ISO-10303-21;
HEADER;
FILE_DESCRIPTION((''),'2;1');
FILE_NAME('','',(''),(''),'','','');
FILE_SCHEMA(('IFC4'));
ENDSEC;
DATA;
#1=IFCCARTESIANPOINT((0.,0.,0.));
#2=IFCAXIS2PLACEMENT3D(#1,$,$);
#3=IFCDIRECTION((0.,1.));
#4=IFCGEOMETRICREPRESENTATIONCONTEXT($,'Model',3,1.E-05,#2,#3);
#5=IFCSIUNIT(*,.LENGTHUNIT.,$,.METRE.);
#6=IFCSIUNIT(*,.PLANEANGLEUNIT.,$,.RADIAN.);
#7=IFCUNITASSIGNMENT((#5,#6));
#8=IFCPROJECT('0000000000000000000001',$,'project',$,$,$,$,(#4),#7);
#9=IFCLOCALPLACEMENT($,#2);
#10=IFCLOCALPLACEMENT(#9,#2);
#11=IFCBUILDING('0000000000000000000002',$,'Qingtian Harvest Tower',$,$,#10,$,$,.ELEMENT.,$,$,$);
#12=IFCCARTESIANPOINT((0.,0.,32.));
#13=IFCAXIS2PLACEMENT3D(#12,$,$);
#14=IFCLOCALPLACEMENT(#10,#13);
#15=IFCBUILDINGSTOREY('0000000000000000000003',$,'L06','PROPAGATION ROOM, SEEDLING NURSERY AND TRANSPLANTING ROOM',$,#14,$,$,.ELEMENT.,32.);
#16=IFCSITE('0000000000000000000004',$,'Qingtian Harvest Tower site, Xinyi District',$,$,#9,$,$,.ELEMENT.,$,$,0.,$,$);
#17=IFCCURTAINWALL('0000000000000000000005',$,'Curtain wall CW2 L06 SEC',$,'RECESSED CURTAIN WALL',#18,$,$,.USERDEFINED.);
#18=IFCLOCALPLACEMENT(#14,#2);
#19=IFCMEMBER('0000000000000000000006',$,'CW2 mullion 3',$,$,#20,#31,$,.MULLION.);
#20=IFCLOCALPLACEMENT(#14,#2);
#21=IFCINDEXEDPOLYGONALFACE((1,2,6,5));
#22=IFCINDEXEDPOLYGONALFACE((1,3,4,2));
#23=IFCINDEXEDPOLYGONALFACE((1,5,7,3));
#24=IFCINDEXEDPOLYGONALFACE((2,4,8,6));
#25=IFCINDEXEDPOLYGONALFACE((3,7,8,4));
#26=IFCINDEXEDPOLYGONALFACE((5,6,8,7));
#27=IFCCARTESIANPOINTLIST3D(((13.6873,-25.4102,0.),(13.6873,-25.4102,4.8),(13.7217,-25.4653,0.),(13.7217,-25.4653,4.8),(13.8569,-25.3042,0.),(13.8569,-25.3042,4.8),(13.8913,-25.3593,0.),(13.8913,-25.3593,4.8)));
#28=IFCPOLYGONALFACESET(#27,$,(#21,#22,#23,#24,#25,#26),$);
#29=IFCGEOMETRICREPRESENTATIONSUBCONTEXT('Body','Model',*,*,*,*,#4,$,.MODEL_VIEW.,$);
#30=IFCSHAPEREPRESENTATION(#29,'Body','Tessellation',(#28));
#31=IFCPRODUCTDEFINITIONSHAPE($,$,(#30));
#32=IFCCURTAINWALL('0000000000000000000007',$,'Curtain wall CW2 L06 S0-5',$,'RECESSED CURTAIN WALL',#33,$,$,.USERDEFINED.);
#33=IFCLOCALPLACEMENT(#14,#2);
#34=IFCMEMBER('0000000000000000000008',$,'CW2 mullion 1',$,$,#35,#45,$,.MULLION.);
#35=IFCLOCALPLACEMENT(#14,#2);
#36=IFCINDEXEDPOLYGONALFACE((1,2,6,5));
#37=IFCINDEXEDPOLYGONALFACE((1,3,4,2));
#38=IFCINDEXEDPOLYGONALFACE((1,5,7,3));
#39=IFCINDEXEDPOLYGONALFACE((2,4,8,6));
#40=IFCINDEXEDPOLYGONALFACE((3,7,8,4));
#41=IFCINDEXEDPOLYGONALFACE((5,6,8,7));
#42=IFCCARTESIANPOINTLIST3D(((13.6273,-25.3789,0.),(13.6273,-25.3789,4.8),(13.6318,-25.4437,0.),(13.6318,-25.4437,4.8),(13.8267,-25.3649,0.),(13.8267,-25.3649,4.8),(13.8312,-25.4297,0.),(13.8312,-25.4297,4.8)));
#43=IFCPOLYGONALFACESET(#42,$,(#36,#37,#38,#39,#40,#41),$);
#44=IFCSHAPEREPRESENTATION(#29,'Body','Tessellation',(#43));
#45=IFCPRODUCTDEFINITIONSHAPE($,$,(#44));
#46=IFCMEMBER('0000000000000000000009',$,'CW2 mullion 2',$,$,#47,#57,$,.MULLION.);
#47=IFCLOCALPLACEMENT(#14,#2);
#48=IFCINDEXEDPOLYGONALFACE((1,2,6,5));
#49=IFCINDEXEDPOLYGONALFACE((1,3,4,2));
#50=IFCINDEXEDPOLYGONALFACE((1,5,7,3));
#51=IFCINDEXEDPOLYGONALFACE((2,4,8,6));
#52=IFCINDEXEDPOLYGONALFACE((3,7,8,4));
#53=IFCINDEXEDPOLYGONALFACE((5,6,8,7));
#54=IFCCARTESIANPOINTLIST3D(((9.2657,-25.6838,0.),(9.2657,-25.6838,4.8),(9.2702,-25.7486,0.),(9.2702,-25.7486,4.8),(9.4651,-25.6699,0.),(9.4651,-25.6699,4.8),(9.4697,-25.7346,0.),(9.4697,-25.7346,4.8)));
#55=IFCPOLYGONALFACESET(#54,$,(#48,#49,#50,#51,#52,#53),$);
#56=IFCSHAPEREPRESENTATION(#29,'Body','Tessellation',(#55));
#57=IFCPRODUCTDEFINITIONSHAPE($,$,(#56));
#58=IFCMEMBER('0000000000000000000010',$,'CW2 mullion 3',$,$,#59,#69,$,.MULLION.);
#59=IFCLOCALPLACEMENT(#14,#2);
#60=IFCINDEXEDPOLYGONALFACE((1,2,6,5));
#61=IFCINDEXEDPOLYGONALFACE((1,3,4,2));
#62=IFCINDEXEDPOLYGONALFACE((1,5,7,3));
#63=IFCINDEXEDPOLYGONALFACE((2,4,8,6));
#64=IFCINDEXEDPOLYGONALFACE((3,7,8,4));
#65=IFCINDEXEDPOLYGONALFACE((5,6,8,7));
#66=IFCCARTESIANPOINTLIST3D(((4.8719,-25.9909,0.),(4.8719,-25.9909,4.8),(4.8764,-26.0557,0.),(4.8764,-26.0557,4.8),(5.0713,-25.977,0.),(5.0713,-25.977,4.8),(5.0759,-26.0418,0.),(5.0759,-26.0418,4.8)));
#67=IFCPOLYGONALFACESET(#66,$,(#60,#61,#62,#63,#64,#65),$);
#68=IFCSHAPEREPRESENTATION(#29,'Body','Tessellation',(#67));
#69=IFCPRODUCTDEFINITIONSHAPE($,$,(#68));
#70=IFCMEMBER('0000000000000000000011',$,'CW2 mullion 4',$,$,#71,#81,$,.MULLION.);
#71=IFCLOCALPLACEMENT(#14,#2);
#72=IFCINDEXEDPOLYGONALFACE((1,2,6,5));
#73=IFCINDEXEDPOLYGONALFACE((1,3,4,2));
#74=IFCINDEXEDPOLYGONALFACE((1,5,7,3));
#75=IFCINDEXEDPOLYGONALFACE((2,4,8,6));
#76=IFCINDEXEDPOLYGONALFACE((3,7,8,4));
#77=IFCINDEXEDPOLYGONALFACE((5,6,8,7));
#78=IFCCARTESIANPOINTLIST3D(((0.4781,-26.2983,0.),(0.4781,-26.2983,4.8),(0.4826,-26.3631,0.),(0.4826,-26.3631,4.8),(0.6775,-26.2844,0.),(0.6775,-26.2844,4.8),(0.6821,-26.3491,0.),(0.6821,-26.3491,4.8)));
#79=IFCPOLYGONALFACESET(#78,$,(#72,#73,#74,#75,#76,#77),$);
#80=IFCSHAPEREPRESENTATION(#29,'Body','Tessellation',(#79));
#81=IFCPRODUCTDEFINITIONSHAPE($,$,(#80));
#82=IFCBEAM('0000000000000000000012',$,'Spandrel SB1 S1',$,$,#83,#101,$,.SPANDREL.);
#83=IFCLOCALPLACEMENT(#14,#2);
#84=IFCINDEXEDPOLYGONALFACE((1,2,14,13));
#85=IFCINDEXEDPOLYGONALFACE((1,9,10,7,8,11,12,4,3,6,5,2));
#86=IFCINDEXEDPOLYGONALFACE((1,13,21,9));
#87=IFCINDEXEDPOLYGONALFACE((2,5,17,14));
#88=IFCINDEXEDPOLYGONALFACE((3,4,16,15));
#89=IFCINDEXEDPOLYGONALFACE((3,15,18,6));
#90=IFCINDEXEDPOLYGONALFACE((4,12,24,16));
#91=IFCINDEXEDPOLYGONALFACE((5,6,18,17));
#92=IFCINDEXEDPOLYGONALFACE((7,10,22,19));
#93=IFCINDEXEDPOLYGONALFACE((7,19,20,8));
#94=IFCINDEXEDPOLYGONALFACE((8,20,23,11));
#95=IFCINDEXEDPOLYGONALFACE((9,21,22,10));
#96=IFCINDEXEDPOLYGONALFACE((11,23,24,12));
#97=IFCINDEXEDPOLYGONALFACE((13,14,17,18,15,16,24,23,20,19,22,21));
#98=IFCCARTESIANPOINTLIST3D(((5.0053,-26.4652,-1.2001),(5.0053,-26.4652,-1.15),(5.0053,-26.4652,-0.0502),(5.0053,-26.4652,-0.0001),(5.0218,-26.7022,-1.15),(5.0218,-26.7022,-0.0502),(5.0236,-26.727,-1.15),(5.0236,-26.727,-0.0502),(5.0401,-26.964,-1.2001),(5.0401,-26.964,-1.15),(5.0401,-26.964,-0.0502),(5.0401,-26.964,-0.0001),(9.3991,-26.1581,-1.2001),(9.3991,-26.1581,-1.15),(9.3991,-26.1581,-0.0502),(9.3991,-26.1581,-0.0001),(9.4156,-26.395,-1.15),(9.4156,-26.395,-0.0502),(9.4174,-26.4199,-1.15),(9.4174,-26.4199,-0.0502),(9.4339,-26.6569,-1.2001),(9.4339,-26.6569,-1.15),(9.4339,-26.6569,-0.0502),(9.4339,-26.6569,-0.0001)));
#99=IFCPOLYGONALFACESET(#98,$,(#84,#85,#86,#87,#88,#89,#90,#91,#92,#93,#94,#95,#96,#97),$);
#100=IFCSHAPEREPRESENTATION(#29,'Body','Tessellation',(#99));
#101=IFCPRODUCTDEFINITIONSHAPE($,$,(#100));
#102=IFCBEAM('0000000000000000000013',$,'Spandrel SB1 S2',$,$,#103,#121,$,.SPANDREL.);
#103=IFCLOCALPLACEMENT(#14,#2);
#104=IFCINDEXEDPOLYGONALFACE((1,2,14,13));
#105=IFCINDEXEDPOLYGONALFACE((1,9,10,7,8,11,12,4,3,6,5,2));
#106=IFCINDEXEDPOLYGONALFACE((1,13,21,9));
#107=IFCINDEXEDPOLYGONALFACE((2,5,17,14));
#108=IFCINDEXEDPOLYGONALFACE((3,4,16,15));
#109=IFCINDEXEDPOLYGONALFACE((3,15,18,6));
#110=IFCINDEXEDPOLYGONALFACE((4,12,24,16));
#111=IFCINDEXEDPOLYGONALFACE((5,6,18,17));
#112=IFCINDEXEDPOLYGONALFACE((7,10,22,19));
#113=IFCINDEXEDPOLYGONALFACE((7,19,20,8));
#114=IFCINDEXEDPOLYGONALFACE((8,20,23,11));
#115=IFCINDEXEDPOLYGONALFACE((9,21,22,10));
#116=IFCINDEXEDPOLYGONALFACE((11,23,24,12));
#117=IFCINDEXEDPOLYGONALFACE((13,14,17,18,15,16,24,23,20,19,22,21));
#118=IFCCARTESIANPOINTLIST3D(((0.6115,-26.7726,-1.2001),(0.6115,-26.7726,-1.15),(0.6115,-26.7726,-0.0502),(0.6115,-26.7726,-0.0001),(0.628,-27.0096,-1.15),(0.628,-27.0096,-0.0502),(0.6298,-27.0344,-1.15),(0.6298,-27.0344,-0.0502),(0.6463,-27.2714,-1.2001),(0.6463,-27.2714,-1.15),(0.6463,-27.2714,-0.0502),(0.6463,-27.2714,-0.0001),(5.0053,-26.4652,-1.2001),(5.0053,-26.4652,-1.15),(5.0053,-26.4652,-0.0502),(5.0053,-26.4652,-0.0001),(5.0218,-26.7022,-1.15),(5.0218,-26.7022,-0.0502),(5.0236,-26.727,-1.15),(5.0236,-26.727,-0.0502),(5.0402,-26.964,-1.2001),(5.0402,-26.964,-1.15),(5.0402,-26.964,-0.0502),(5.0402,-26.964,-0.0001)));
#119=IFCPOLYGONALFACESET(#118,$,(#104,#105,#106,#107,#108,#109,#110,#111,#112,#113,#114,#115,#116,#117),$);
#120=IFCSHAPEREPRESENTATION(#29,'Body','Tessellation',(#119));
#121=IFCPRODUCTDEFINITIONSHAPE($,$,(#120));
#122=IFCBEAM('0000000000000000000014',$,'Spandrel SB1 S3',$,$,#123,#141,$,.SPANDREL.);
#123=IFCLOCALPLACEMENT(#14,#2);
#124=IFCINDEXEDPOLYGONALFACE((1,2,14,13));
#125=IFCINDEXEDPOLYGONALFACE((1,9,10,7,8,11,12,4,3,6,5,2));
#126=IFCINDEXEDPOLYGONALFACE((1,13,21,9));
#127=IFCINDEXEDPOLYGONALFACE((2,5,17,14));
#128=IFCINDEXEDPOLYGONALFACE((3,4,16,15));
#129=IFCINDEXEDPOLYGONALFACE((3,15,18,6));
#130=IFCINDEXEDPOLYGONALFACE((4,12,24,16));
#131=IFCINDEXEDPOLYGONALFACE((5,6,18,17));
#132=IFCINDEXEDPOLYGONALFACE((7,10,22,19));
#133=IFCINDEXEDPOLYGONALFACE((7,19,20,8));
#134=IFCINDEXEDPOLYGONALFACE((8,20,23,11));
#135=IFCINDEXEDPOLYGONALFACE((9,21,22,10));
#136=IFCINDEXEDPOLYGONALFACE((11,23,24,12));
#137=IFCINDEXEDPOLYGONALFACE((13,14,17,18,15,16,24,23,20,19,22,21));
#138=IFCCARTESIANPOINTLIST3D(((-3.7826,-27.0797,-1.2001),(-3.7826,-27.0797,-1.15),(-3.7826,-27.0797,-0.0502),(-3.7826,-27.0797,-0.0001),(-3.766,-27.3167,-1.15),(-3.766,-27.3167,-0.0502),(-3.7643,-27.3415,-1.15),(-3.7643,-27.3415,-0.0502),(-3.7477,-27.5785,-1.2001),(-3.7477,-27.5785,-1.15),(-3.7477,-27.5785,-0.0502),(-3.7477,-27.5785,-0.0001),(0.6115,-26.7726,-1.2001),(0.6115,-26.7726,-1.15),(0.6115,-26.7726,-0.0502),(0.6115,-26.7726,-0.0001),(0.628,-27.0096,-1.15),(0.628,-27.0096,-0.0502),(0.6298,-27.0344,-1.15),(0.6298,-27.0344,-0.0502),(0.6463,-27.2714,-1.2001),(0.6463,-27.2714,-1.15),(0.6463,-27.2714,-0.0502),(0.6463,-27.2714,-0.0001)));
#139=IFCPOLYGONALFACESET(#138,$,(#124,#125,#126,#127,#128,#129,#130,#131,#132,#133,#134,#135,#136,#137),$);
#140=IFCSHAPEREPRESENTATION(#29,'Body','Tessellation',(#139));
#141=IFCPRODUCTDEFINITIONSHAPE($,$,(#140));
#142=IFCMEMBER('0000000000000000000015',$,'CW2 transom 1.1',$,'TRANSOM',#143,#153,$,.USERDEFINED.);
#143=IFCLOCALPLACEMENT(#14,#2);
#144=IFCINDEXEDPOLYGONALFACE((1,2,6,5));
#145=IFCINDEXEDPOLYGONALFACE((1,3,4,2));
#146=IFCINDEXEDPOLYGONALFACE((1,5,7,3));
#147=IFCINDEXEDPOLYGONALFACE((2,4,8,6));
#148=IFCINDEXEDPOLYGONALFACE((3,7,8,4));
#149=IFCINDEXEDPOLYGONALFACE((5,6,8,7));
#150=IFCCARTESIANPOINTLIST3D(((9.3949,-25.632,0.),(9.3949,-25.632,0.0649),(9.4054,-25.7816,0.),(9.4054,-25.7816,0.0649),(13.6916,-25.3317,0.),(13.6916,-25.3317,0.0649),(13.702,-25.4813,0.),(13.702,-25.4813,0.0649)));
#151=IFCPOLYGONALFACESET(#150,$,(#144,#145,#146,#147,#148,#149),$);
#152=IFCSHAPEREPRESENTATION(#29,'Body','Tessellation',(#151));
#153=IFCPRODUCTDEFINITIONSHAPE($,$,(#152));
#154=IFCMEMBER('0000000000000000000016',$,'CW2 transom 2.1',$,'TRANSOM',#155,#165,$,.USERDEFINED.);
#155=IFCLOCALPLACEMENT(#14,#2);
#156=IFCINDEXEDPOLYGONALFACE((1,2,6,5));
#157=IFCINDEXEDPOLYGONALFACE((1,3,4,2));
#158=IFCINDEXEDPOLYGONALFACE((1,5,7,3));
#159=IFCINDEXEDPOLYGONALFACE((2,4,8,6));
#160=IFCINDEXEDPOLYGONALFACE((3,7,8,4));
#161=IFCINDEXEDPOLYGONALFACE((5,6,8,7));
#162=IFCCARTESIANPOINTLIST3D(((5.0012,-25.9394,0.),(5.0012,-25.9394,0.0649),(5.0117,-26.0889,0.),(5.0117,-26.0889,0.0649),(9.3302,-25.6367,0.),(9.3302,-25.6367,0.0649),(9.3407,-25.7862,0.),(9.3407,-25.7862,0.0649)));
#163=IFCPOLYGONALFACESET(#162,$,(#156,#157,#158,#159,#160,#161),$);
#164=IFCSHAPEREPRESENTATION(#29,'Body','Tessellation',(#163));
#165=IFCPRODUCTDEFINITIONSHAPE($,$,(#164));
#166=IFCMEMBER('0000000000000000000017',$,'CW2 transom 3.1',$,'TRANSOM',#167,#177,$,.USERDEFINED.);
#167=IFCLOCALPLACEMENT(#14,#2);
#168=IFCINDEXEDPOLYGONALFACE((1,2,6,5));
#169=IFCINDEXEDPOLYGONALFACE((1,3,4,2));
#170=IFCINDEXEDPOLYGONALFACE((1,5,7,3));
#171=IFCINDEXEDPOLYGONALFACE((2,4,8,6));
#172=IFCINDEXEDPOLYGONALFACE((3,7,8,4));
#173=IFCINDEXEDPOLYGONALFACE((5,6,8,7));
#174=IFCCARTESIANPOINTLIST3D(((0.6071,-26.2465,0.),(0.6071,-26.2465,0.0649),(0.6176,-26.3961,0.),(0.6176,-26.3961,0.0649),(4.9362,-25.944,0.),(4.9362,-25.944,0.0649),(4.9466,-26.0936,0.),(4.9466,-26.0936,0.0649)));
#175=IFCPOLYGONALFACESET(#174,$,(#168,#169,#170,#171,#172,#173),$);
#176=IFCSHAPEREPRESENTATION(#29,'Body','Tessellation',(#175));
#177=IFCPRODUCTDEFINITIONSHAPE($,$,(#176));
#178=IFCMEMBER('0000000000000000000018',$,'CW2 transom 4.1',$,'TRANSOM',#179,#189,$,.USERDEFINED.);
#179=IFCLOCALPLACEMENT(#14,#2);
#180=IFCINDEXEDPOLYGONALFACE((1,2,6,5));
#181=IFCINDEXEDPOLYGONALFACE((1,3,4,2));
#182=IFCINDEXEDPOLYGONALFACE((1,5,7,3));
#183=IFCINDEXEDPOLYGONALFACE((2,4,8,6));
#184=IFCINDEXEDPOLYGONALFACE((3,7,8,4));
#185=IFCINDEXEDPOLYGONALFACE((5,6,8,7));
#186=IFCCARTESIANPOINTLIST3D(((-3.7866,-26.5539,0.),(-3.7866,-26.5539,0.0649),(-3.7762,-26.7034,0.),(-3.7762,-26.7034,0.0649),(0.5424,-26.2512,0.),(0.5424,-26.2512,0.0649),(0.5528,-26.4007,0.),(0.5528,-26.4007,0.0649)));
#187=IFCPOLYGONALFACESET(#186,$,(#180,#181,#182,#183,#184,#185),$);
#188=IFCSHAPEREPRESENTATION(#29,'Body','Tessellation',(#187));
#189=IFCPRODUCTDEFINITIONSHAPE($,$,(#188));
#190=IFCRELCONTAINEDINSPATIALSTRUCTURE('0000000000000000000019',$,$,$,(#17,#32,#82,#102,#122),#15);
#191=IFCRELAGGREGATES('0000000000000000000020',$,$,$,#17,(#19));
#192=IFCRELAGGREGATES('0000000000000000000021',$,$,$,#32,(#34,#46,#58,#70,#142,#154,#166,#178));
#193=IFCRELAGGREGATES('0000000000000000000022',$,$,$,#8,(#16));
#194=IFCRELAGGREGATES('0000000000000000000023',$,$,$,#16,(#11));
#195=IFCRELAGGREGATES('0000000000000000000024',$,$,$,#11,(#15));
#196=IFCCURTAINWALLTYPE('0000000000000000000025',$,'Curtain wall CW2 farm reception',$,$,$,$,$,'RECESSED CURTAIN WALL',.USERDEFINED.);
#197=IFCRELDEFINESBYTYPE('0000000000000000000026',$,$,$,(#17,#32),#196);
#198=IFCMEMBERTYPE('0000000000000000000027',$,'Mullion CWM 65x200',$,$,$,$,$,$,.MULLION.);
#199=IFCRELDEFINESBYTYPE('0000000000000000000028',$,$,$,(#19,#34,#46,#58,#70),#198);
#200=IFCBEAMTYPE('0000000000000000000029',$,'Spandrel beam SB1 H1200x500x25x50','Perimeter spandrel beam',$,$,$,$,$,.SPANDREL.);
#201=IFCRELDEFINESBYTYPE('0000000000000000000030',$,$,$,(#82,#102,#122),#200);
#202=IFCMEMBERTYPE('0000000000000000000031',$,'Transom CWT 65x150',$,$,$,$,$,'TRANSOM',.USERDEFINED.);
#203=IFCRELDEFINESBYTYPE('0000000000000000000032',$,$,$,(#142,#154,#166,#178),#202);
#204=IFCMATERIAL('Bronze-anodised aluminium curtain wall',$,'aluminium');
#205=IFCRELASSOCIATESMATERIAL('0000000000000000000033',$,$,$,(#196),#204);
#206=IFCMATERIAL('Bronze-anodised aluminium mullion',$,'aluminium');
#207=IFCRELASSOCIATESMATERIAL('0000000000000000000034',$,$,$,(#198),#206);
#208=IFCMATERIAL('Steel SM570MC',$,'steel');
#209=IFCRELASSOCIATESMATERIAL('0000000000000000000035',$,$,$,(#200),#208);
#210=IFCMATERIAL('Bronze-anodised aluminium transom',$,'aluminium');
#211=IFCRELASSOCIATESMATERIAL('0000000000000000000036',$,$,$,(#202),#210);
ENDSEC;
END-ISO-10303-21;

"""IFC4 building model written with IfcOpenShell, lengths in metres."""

from ifc_helpers import new_model, si_unit, direction, frame, origin, origin_2d, place, context, subcontext, project, spatial, rectangle, i_section, extrude, material, material_profile, profile_set, type_object, element, aggregate, save


model = new_model("IFC4")

# Units and contexts
model_context = context("Model", 3, precision=1e-05, world=origin(), true_north=direction((0.0, 1.0)))
body_context = subcontext(model_context, "Body", "Model", "MODEL_VIEW")
ifc_project = project(units=[si_unit("LENGTHUNIT", "METRE"), si_unit("PLANEANGLEUNIT", "RADIAN")], contexts=[model_context])

# Site, building, storey
site_placement = place(None, origin())
site = spatial("IfcSite", under=ifc_project, at=site_placement, Name="Qingtian Harvest Tower site, Xinyi District", CompositionType="ELEMENT", RefElevation=0.0)
building_placement = place(site_placement, origin())
building = spatial("IfcBuilding", under=site, at=building_placement, Name="Qingtian Harvest Tower", CompositionType="ELEMENT")
storey_placement = place(building_placement, frame((0.0, 0.0, 32.0)))
storey = spatial("IfcBuildingStorey", under=building, at=storey_placement, Name="L06", Description="PROPAGATION ROOM, SEEDLING NURSERY AND TRANSPLANTING ROOM", CompositionType="ELEMENT", Elevation=32.0)

# Curtain wall, member
ifc_material_1 = material(Name="Bronze-anodised aluminium curtain wall", Category="aluminium")
curtain_wall_type = type_object("IfcCurtainWallType", Name="Curtain wall CW2 farm reception", ElementType="RECESSED CURTAIN WALL", PredefinedType="USERDEFINED", material=ifc_material_1)
curtain_wall_1_placement = place(storey_placement, origin())
curtain_wall_1 = element("IfcCurtainWall", 1, at=curtain_wall_1_placement, inside=storey, type_object=curtain_wall_type, Name="Curtain wall CW2 L06 SEC", ObjectType="RECESSED CURTAIN WALL", PredefinedType="USERDEFINED")
ifc_material_2 = material(Name="Bronze-anodised aluminium mullion", Category="aluminium")
ifc_material_profile_1 = material_profile(ifc_material_2, rectangle(XDim=0.0649, YDim=0.2, at=origin_2d()), Name="AL 65x200")
ifc_profile_set_1 = profile_set([ifc_material_profile_1], Name="Bronze-anodised aluminium mullion")
member_type_1 = type_object("IfcMemberType", Name="Mullion CWM 65x200", PredefinedType="MULLION", material=ifc_profile_set_1)
member_1_placement = place(storey_placement, frame((13.7893, -25.3848, 0.0), z_axis=(0.0, 0.0, 1.0), x_axis=(0.529919, -0.848048, 0.0)))
member_1 = element("IfcMember", 2, at=member_1_placement, type_object=member_type_1, Name="CW2 mullion 3", PredefinedType="MULLION", context=body_context, shape_type="SweptSolid", body=[
    extrude(rectangle(XDim=0.0649, YDim=0.2, at=origin_2d()), origin(), (0.0, 0.0, 1.0), 4.8),
])
aggregate(curtain_wall_1, [member_1])

# Curtain wall, members
curtain_wall_2_placement = place(storey_placement, origin())
curtain_wall_2 = element("IfcCurtainWall", 3, at=curtain_wall_2_placement, inside=storey, type_object=curtain_wall_type, Name="Curtain wall CW2 L06 S0-5", ObjectType="RECESSED CURTAIN WALL", PredefinedType="USERDEFINED")
member_2_placement = place(storey_placement, frame((13.7292, -25.4043, 0.0), z_axis=(0.0, 0.0, 1.0), x_axis=(0.069756, -0.997564, 0.0)))
member_2 = element("IfcMember", 4, at=member_2_placement, type_object=member_type_1, Name="CW2 mullion 1", PredefinedType="MULLION", context=body_context, shape_type="SweptSolid", body=[
    extrude(rectangle(XDim=0.0649, YDim=0.2, at=origin_2d()), origin(), (0.0, 0.0, 1.0), 4.8),
])
member_3_placement = place(storey_placement, frame((9.3677, -25.7092, 0.0), z_axis=(0.0, 0.0, 1.0), x_axis=(0.069756, -0.997564, 0.0)))
member_3 = element("IfcMember", 5, at=member_3_placement, type_object=member_type_1, Name="CW2 mullion 2", PredefinedType="MULLION", context=body_context, shape_type="SweptSolid", body=[
    extrude(rectangle(XDim=0.0649, YDim=0.2, at=origin_2d()), origin(), (0.0, 0.0, 1.0), 4.8),
])
member_4_placement = place(storey_placement, frame((4.9739, -26.0164, 0.0), z_axis=(0.0, 0.0, 1.0), x_axis=(0.069756, -0.997564, 0.0)))
member_4 = element("IfcMember", 6, at=member_4_placement, type_object=member_type_1, Name="CW2 mullion 3", PredefinedType="MULLION", context=body_context, shape_type="SweptSolid", body=[
    extrude(rectangle(XDim=0.0649, YDim=0.2, at=origin_2d()), origin(), (0.0, 0.0, 1.0), 4.8),
])
member_5_placement = place(storey_placement, frame((0.5801, -26.3237, 0.0), z_axis=(0.0, 0.0, 1.0), x_axis=(0.069756, -0.997564, 0.0)))
member_5 = element("IfcMember", 7, at=member_5_placement, type_object=member_type_1, Name="CW2 mullion 4", PredefinedType="MULLION", context=body_context, shape_type="SweptSolid", body=[
    extrude(rectangle(XDim=0.0649, YDim=0.2, at=origin_2d()), origin(), (0.0, 0.0, 1.0), 4.8),
])

# Beams
ifc_material_3 = material(Name="Steel SM570MC", Category="steel")
ifc_material_profile_2 = material_profile(ifc_material_3, i_section(OverallWidth=0.5, OverallDepth=1.2, WebThickness=0.0249, FlangeThickness=0.05, at=origin_2d()), Name="H1200x500x25x50")
ifc_profile_set_2 = profile_set([ifc_material_profile_2], Name="Steel SM570MC")
beam_type_1 = type_object("IfcBeamType", Name="Spandrel beam SB1 H1200x500x25x50", Description="Perimeter spandrel beam", PredefinedType="SPANDREL", material=ifc_profile_set_2)
for number, where, z_axis, x_axis, name in (
    (8, (9.4165, -26.4075, -0.6001), (-0.997566, -0.06973, 0.0), (0.06973, -0.997566, 0.0), "Spandrel SB1 S1"),
    (9, (5.0227, -26.7146, -0.6001), (-0.997562, -0.069786, 0.0), (0.069786, -0.997562, 0.0), "Spandrel SB1 S2"),
):
    element("IfcBeam", number, at=place(storey_placement, frame(where, z_axis=z_axis, x_axis=x_axis)), inside=storey, type_object=beam_type_1, Name=name, PredefinedType="SPANDREL", context=body_context, shape_type="SweptSolid", body=[
        extrude(i_section(OverallWidth=0.5, OverallDepth=1.2, WebThickness=0.0249, FlangeThickness=0.05, at=origin_2d()), origin(), (0.0, 0.0, 1.0), 4.4045),
    ])
beam_1_placement = place(storey_placement, frame((0.6289, -27.022, -0.6001), z_axis=(-0.997566, -0.069727, 0.0), x_axis=(0.069727, -0.997566, 0.0)))
element("IfcBeam", 10, at=beam_1_placement, inside=storey, type_object=beam_type_1, Name="Spandrel SB1 S3", PredefinedType="SPANDREL", context=body_context, shape_type="SweptSolid", body=[
    extrude(i_section(OverallWidth=0.5, OverallDepth=1.2, WebThickness=0.0249, FlangeThickness=0.05, at=origin_2d()), origin(), (0.0, 0.0, 1.0), 4.4048),
])

# Members
ifc_material_4 = material(Name="Bronze-anodised aluminium transom", Category="aluminium")
ifc_material_profile_3 = material_profile(ifc_material_4, rectangle(XDim=0.1499, YDim=0.0649, at=origin_2d()), Name="AL 65x150")
ifc_profile_set_3 = profile_set([ifc_material_profile_3], Name="Bronze-anodised aluminium transom")
member_type_2 = type_object("IfcMemberType", Name="Transom CWT 65x150", ElementType="TRANSOM", PredefinedType="USERDEFINED", material=ifc_profile_set_3)
member_6_placement = place(storey_placement, frame((13.6968, -25.4065, 0.0325), z_axis=(-0.997567, -0.06972, 0.0), x_axis=(0.06972, -0.997567, 0.0)))
member_6 = element("IfcMember", 11, at=member_6_placement, type_object=member_type_2, Name="CW2 transom 1.1", ObjectType="TRANSOM", PredefinedType="USERDEFINED", context=body_context, shape_type="SweptSolid", body=[
    extrude(rectangle(XDim=0.1499, YDim=0.0649, at=origin_2d()), origin(), (0.0, 0.0, 1.0), 4.3071),
])
member_7_placement = place(storey_placement, frame((9.3354, -25.7114, 0.0325), z_axis=(-0.997564, -0.06976, 0.0), x_axis=(0.06976, -0.997564, 0.0)))
member_7 = element("IfcMember", 12, at=member_7_placement, type_object=member_type_2, Name="CW2 transom 2.1", ObjectType="TRANSOM", PredefinedType="USERDEFINED", context=body_context, shape_type="SweptSolid", body=[
    extrude(rectangle(XDim=0.1499, YDim=0.0649, at=origin_2d()), origin(), (0.0, 0.0, 1.0), 4.3396),
])
member_8_placement = place(storey_placement, frame((4.9414, -26.0188, 0.0325), z_axis=(-0.997568, -0.069704, 0.0), x_axis=(0.069704, -0.997568, 0.0)))
member_8 = element("IfcMember", 13, at=member_8_placement, type_object=member_type_2, Name="CW2 transom 3.1", ObjectType="TRANSOM", PredefinedType="USERDEFINED", context=body_context, shape_type="SweptSolid", body=[
    extrude(rectangle(XDim=0.1499, YDim=0.0649, at=origin_2d()), origin(), (0.0, 0.0, 1.0), 4.3396),
])
member_9_placement = place(storey_placement, frame((0.5476, -26.3259, 0.0325), z_axis=(-0.997564, -0.06976, 0.0), x_axis=(0.06976, -0.997564, 0.0)))
member_9 = element("IfcMember", 14, at=member_9_placement, type_object=member_type_2, Name="CW2 transom 4.1", ObjectType="TRANSOM", PredefinedType="USERDEFINED", context=body_context, shape_type="SweptSolid", body=[
    extrude(rectangle(XDim=0.1499, YDim=0.0649, at=origin_2d()), origin(), (0.0, 0.0, 1.0), 4.3396),
])

aggregate(curtain_wall_2, [member_2, member_3, member_4, member_5, member_6, member_7, member_8, member_9])

save(model, "model.ifc")
